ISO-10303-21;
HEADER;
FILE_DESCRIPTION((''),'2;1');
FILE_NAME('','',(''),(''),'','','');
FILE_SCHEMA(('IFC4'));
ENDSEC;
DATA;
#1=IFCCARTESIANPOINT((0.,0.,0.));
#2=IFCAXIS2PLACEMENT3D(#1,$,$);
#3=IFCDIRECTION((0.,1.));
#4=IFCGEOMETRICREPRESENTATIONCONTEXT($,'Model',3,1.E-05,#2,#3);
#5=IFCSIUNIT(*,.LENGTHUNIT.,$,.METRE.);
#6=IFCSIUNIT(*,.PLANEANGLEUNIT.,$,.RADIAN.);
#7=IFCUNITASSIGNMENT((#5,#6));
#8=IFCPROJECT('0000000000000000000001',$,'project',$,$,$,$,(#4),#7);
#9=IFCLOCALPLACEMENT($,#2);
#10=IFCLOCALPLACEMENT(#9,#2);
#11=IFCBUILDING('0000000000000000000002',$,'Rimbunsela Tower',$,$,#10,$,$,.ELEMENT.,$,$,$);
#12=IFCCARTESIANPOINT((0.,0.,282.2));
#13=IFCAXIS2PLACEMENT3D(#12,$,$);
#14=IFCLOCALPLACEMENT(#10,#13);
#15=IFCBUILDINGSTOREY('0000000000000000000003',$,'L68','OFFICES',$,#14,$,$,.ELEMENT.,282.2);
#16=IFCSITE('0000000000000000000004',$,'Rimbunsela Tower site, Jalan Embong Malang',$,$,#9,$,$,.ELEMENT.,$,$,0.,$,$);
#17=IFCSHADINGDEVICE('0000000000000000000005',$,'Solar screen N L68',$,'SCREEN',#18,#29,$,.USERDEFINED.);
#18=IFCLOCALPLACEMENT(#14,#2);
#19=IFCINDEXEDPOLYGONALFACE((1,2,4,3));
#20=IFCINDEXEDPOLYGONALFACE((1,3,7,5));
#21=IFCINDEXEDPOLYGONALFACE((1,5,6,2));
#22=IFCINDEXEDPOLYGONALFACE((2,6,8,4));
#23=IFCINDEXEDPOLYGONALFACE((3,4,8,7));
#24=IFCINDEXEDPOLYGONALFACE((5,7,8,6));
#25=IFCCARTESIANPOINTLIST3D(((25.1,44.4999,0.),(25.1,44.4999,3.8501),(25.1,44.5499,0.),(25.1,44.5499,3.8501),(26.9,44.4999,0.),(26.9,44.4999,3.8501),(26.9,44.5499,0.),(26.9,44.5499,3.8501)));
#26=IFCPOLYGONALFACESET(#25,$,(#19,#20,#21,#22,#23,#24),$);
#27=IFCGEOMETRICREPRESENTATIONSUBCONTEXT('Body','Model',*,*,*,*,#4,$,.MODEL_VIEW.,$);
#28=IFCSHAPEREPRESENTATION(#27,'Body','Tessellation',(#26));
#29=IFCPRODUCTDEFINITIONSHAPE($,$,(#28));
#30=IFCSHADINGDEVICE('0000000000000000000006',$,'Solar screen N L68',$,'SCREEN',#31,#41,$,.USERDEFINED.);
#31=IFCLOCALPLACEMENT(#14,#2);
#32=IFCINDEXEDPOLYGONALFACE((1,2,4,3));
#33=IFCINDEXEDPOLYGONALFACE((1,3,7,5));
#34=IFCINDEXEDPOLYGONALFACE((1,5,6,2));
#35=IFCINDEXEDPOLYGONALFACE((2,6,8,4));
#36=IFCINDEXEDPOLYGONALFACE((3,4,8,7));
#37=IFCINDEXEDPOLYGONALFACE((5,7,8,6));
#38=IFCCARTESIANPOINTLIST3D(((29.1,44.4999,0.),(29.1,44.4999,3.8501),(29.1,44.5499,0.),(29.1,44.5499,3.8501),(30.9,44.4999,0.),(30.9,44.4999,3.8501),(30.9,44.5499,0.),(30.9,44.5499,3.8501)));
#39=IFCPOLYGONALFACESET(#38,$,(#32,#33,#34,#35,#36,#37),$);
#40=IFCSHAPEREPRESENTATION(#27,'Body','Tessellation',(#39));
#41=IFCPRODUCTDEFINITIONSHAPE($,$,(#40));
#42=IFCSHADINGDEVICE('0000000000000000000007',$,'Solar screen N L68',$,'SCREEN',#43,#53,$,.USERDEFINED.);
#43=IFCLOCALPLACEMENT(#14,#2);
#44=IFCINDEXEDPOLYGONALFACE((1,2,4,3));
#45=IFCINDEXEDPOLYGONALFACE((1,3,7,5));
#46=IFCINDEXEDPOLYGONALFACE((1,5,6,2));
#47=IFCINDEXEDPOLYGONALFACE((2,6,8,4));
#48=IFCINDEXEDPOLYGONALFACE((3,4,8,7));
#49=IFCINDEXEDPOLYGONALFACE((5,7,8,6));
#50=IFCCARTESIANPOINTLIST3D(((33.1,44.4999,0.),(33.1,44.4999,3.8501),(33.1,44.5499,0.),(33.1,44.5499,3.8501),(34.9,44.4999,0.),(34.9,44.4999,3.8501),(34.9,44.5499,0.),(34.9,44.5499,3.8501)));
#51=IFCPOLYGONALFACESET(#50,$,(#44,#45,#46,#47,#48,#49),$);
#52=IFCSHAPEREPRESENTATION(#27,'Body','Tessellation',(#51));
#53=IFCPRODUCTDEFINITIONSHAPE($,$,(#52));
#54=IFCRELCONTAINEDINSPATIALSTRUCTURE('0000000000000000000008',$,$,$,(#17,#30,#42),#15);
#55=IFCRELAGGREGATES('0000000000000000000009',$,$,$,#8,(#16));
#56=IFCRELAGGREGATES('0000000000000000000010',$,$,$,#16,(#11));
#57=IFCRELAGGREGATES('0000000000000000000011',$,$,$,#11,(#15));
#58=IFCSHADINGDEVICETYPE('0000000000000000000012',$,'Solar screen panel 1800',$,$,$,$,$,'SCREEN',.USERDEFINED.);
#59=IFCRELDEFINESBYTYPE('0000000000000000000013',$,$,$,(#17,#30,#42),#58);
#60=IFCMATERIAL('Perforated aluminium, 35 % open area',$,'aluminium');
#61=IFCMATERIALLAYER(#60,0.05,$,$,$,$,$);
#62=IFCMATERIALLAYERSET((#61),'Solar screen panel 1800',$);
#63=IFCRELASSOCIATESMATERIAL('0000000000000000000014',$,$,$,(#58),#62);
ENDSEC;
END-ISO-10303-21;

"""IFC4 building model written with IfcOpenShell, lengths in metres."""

from ifc_helpers import new_model, si_unit, direction, frame, origin, origin_2d, place, context, subcontext, project, spatial, rectangle, extrude, material, layer, layer_set, type_object, element, save


model = new_model("IFC4")

# Units and contexts
model_context = context("Model", 3, precision=1e-05, world=origin(), true_north=direction((0.0, 1.0)))
body_context = subcontext(model_context, "Body", "Model", "MODEL_VIEW")
ifc_project = project(units=[si_unit("LENGTHUNIT", "METRE"), si_unit("PLANEANGLEUNIT", "RADIAN")], contexts=[model_context])

# Site, building, storey
site_placement = place(None, origin())
site = spatial("IfcSite", under=ifc_project, at=site_placement, Name="Rimbunsela Tower site, Jalan Embong Malang", CompositionType="ELEMENT", RefElevation=0.0)
building_placement = place(site_placement, origin())
building = spatial("IfcBuilding", under=site, at=building_placement, Name="Rimbunsela Tower", CompositionType="ELEMENT")
storey_placement = place(building_placement, frame((0.0, 0.0, 282.2)))
storey = spatial("IfcBuildingStorey", under=building, at=storey_placement, Name="L68", Description="OFFICES", CompositionType="ELEMENT", Elevation=282.2)

# Shading devices
ifc_material_1 = material(Name="Perforated aluminium, 35 % open area", Category="aluminium")
ifc_layer_1 = layer(ifc_material_1, 0.05)
ifc_layer_set_1 = layer_set([ifc_layer_1], Name="Solar screen panel 1800")
shading_device_type = type_object("IfcShadingDeviceType", Name="Solar screen panel 1800", ElementType="SCREEN", PredefinedType="USERDEFINED", material=ifc_layer_set_1)
for number, where, z_axis, x_axis, name in (
    (1, (26.0, 44.5249, 0.0), (0.0, 0.0, 1.0), (1.0, 0.0, 0.0), "Solar screen N L68"),
    (2, (30.0, 44.5249, 0.0), (0.0, 0.0, 1.0), (1.0, 0.0, 0.0), "Solar screen N L68"),
    (3, (34.0, 44.5249, 0.0), (0.0, 0.0, 1.0), (1.0, 0.0, 0.0), "Solar screen N L68"),
):
    element("IfcShadingDevice", number, at=place(storey_placement, frame(where, z_axis=z_axis, x_axis=x_axis)), inside=storey, type_object=shading_device_type, Name=name, ObjectType="SCREEN", PredefinedType="USERDEFINED", context=body_context, shape_type="SweptSolid", body=[
        extrude(rectangle(XDim=1.8, YDim=0.05, at=origin_2d()), origin(), (0.0, 0.0, 1.0), 3.8501),
    ])

save(model, "model.ifc")
